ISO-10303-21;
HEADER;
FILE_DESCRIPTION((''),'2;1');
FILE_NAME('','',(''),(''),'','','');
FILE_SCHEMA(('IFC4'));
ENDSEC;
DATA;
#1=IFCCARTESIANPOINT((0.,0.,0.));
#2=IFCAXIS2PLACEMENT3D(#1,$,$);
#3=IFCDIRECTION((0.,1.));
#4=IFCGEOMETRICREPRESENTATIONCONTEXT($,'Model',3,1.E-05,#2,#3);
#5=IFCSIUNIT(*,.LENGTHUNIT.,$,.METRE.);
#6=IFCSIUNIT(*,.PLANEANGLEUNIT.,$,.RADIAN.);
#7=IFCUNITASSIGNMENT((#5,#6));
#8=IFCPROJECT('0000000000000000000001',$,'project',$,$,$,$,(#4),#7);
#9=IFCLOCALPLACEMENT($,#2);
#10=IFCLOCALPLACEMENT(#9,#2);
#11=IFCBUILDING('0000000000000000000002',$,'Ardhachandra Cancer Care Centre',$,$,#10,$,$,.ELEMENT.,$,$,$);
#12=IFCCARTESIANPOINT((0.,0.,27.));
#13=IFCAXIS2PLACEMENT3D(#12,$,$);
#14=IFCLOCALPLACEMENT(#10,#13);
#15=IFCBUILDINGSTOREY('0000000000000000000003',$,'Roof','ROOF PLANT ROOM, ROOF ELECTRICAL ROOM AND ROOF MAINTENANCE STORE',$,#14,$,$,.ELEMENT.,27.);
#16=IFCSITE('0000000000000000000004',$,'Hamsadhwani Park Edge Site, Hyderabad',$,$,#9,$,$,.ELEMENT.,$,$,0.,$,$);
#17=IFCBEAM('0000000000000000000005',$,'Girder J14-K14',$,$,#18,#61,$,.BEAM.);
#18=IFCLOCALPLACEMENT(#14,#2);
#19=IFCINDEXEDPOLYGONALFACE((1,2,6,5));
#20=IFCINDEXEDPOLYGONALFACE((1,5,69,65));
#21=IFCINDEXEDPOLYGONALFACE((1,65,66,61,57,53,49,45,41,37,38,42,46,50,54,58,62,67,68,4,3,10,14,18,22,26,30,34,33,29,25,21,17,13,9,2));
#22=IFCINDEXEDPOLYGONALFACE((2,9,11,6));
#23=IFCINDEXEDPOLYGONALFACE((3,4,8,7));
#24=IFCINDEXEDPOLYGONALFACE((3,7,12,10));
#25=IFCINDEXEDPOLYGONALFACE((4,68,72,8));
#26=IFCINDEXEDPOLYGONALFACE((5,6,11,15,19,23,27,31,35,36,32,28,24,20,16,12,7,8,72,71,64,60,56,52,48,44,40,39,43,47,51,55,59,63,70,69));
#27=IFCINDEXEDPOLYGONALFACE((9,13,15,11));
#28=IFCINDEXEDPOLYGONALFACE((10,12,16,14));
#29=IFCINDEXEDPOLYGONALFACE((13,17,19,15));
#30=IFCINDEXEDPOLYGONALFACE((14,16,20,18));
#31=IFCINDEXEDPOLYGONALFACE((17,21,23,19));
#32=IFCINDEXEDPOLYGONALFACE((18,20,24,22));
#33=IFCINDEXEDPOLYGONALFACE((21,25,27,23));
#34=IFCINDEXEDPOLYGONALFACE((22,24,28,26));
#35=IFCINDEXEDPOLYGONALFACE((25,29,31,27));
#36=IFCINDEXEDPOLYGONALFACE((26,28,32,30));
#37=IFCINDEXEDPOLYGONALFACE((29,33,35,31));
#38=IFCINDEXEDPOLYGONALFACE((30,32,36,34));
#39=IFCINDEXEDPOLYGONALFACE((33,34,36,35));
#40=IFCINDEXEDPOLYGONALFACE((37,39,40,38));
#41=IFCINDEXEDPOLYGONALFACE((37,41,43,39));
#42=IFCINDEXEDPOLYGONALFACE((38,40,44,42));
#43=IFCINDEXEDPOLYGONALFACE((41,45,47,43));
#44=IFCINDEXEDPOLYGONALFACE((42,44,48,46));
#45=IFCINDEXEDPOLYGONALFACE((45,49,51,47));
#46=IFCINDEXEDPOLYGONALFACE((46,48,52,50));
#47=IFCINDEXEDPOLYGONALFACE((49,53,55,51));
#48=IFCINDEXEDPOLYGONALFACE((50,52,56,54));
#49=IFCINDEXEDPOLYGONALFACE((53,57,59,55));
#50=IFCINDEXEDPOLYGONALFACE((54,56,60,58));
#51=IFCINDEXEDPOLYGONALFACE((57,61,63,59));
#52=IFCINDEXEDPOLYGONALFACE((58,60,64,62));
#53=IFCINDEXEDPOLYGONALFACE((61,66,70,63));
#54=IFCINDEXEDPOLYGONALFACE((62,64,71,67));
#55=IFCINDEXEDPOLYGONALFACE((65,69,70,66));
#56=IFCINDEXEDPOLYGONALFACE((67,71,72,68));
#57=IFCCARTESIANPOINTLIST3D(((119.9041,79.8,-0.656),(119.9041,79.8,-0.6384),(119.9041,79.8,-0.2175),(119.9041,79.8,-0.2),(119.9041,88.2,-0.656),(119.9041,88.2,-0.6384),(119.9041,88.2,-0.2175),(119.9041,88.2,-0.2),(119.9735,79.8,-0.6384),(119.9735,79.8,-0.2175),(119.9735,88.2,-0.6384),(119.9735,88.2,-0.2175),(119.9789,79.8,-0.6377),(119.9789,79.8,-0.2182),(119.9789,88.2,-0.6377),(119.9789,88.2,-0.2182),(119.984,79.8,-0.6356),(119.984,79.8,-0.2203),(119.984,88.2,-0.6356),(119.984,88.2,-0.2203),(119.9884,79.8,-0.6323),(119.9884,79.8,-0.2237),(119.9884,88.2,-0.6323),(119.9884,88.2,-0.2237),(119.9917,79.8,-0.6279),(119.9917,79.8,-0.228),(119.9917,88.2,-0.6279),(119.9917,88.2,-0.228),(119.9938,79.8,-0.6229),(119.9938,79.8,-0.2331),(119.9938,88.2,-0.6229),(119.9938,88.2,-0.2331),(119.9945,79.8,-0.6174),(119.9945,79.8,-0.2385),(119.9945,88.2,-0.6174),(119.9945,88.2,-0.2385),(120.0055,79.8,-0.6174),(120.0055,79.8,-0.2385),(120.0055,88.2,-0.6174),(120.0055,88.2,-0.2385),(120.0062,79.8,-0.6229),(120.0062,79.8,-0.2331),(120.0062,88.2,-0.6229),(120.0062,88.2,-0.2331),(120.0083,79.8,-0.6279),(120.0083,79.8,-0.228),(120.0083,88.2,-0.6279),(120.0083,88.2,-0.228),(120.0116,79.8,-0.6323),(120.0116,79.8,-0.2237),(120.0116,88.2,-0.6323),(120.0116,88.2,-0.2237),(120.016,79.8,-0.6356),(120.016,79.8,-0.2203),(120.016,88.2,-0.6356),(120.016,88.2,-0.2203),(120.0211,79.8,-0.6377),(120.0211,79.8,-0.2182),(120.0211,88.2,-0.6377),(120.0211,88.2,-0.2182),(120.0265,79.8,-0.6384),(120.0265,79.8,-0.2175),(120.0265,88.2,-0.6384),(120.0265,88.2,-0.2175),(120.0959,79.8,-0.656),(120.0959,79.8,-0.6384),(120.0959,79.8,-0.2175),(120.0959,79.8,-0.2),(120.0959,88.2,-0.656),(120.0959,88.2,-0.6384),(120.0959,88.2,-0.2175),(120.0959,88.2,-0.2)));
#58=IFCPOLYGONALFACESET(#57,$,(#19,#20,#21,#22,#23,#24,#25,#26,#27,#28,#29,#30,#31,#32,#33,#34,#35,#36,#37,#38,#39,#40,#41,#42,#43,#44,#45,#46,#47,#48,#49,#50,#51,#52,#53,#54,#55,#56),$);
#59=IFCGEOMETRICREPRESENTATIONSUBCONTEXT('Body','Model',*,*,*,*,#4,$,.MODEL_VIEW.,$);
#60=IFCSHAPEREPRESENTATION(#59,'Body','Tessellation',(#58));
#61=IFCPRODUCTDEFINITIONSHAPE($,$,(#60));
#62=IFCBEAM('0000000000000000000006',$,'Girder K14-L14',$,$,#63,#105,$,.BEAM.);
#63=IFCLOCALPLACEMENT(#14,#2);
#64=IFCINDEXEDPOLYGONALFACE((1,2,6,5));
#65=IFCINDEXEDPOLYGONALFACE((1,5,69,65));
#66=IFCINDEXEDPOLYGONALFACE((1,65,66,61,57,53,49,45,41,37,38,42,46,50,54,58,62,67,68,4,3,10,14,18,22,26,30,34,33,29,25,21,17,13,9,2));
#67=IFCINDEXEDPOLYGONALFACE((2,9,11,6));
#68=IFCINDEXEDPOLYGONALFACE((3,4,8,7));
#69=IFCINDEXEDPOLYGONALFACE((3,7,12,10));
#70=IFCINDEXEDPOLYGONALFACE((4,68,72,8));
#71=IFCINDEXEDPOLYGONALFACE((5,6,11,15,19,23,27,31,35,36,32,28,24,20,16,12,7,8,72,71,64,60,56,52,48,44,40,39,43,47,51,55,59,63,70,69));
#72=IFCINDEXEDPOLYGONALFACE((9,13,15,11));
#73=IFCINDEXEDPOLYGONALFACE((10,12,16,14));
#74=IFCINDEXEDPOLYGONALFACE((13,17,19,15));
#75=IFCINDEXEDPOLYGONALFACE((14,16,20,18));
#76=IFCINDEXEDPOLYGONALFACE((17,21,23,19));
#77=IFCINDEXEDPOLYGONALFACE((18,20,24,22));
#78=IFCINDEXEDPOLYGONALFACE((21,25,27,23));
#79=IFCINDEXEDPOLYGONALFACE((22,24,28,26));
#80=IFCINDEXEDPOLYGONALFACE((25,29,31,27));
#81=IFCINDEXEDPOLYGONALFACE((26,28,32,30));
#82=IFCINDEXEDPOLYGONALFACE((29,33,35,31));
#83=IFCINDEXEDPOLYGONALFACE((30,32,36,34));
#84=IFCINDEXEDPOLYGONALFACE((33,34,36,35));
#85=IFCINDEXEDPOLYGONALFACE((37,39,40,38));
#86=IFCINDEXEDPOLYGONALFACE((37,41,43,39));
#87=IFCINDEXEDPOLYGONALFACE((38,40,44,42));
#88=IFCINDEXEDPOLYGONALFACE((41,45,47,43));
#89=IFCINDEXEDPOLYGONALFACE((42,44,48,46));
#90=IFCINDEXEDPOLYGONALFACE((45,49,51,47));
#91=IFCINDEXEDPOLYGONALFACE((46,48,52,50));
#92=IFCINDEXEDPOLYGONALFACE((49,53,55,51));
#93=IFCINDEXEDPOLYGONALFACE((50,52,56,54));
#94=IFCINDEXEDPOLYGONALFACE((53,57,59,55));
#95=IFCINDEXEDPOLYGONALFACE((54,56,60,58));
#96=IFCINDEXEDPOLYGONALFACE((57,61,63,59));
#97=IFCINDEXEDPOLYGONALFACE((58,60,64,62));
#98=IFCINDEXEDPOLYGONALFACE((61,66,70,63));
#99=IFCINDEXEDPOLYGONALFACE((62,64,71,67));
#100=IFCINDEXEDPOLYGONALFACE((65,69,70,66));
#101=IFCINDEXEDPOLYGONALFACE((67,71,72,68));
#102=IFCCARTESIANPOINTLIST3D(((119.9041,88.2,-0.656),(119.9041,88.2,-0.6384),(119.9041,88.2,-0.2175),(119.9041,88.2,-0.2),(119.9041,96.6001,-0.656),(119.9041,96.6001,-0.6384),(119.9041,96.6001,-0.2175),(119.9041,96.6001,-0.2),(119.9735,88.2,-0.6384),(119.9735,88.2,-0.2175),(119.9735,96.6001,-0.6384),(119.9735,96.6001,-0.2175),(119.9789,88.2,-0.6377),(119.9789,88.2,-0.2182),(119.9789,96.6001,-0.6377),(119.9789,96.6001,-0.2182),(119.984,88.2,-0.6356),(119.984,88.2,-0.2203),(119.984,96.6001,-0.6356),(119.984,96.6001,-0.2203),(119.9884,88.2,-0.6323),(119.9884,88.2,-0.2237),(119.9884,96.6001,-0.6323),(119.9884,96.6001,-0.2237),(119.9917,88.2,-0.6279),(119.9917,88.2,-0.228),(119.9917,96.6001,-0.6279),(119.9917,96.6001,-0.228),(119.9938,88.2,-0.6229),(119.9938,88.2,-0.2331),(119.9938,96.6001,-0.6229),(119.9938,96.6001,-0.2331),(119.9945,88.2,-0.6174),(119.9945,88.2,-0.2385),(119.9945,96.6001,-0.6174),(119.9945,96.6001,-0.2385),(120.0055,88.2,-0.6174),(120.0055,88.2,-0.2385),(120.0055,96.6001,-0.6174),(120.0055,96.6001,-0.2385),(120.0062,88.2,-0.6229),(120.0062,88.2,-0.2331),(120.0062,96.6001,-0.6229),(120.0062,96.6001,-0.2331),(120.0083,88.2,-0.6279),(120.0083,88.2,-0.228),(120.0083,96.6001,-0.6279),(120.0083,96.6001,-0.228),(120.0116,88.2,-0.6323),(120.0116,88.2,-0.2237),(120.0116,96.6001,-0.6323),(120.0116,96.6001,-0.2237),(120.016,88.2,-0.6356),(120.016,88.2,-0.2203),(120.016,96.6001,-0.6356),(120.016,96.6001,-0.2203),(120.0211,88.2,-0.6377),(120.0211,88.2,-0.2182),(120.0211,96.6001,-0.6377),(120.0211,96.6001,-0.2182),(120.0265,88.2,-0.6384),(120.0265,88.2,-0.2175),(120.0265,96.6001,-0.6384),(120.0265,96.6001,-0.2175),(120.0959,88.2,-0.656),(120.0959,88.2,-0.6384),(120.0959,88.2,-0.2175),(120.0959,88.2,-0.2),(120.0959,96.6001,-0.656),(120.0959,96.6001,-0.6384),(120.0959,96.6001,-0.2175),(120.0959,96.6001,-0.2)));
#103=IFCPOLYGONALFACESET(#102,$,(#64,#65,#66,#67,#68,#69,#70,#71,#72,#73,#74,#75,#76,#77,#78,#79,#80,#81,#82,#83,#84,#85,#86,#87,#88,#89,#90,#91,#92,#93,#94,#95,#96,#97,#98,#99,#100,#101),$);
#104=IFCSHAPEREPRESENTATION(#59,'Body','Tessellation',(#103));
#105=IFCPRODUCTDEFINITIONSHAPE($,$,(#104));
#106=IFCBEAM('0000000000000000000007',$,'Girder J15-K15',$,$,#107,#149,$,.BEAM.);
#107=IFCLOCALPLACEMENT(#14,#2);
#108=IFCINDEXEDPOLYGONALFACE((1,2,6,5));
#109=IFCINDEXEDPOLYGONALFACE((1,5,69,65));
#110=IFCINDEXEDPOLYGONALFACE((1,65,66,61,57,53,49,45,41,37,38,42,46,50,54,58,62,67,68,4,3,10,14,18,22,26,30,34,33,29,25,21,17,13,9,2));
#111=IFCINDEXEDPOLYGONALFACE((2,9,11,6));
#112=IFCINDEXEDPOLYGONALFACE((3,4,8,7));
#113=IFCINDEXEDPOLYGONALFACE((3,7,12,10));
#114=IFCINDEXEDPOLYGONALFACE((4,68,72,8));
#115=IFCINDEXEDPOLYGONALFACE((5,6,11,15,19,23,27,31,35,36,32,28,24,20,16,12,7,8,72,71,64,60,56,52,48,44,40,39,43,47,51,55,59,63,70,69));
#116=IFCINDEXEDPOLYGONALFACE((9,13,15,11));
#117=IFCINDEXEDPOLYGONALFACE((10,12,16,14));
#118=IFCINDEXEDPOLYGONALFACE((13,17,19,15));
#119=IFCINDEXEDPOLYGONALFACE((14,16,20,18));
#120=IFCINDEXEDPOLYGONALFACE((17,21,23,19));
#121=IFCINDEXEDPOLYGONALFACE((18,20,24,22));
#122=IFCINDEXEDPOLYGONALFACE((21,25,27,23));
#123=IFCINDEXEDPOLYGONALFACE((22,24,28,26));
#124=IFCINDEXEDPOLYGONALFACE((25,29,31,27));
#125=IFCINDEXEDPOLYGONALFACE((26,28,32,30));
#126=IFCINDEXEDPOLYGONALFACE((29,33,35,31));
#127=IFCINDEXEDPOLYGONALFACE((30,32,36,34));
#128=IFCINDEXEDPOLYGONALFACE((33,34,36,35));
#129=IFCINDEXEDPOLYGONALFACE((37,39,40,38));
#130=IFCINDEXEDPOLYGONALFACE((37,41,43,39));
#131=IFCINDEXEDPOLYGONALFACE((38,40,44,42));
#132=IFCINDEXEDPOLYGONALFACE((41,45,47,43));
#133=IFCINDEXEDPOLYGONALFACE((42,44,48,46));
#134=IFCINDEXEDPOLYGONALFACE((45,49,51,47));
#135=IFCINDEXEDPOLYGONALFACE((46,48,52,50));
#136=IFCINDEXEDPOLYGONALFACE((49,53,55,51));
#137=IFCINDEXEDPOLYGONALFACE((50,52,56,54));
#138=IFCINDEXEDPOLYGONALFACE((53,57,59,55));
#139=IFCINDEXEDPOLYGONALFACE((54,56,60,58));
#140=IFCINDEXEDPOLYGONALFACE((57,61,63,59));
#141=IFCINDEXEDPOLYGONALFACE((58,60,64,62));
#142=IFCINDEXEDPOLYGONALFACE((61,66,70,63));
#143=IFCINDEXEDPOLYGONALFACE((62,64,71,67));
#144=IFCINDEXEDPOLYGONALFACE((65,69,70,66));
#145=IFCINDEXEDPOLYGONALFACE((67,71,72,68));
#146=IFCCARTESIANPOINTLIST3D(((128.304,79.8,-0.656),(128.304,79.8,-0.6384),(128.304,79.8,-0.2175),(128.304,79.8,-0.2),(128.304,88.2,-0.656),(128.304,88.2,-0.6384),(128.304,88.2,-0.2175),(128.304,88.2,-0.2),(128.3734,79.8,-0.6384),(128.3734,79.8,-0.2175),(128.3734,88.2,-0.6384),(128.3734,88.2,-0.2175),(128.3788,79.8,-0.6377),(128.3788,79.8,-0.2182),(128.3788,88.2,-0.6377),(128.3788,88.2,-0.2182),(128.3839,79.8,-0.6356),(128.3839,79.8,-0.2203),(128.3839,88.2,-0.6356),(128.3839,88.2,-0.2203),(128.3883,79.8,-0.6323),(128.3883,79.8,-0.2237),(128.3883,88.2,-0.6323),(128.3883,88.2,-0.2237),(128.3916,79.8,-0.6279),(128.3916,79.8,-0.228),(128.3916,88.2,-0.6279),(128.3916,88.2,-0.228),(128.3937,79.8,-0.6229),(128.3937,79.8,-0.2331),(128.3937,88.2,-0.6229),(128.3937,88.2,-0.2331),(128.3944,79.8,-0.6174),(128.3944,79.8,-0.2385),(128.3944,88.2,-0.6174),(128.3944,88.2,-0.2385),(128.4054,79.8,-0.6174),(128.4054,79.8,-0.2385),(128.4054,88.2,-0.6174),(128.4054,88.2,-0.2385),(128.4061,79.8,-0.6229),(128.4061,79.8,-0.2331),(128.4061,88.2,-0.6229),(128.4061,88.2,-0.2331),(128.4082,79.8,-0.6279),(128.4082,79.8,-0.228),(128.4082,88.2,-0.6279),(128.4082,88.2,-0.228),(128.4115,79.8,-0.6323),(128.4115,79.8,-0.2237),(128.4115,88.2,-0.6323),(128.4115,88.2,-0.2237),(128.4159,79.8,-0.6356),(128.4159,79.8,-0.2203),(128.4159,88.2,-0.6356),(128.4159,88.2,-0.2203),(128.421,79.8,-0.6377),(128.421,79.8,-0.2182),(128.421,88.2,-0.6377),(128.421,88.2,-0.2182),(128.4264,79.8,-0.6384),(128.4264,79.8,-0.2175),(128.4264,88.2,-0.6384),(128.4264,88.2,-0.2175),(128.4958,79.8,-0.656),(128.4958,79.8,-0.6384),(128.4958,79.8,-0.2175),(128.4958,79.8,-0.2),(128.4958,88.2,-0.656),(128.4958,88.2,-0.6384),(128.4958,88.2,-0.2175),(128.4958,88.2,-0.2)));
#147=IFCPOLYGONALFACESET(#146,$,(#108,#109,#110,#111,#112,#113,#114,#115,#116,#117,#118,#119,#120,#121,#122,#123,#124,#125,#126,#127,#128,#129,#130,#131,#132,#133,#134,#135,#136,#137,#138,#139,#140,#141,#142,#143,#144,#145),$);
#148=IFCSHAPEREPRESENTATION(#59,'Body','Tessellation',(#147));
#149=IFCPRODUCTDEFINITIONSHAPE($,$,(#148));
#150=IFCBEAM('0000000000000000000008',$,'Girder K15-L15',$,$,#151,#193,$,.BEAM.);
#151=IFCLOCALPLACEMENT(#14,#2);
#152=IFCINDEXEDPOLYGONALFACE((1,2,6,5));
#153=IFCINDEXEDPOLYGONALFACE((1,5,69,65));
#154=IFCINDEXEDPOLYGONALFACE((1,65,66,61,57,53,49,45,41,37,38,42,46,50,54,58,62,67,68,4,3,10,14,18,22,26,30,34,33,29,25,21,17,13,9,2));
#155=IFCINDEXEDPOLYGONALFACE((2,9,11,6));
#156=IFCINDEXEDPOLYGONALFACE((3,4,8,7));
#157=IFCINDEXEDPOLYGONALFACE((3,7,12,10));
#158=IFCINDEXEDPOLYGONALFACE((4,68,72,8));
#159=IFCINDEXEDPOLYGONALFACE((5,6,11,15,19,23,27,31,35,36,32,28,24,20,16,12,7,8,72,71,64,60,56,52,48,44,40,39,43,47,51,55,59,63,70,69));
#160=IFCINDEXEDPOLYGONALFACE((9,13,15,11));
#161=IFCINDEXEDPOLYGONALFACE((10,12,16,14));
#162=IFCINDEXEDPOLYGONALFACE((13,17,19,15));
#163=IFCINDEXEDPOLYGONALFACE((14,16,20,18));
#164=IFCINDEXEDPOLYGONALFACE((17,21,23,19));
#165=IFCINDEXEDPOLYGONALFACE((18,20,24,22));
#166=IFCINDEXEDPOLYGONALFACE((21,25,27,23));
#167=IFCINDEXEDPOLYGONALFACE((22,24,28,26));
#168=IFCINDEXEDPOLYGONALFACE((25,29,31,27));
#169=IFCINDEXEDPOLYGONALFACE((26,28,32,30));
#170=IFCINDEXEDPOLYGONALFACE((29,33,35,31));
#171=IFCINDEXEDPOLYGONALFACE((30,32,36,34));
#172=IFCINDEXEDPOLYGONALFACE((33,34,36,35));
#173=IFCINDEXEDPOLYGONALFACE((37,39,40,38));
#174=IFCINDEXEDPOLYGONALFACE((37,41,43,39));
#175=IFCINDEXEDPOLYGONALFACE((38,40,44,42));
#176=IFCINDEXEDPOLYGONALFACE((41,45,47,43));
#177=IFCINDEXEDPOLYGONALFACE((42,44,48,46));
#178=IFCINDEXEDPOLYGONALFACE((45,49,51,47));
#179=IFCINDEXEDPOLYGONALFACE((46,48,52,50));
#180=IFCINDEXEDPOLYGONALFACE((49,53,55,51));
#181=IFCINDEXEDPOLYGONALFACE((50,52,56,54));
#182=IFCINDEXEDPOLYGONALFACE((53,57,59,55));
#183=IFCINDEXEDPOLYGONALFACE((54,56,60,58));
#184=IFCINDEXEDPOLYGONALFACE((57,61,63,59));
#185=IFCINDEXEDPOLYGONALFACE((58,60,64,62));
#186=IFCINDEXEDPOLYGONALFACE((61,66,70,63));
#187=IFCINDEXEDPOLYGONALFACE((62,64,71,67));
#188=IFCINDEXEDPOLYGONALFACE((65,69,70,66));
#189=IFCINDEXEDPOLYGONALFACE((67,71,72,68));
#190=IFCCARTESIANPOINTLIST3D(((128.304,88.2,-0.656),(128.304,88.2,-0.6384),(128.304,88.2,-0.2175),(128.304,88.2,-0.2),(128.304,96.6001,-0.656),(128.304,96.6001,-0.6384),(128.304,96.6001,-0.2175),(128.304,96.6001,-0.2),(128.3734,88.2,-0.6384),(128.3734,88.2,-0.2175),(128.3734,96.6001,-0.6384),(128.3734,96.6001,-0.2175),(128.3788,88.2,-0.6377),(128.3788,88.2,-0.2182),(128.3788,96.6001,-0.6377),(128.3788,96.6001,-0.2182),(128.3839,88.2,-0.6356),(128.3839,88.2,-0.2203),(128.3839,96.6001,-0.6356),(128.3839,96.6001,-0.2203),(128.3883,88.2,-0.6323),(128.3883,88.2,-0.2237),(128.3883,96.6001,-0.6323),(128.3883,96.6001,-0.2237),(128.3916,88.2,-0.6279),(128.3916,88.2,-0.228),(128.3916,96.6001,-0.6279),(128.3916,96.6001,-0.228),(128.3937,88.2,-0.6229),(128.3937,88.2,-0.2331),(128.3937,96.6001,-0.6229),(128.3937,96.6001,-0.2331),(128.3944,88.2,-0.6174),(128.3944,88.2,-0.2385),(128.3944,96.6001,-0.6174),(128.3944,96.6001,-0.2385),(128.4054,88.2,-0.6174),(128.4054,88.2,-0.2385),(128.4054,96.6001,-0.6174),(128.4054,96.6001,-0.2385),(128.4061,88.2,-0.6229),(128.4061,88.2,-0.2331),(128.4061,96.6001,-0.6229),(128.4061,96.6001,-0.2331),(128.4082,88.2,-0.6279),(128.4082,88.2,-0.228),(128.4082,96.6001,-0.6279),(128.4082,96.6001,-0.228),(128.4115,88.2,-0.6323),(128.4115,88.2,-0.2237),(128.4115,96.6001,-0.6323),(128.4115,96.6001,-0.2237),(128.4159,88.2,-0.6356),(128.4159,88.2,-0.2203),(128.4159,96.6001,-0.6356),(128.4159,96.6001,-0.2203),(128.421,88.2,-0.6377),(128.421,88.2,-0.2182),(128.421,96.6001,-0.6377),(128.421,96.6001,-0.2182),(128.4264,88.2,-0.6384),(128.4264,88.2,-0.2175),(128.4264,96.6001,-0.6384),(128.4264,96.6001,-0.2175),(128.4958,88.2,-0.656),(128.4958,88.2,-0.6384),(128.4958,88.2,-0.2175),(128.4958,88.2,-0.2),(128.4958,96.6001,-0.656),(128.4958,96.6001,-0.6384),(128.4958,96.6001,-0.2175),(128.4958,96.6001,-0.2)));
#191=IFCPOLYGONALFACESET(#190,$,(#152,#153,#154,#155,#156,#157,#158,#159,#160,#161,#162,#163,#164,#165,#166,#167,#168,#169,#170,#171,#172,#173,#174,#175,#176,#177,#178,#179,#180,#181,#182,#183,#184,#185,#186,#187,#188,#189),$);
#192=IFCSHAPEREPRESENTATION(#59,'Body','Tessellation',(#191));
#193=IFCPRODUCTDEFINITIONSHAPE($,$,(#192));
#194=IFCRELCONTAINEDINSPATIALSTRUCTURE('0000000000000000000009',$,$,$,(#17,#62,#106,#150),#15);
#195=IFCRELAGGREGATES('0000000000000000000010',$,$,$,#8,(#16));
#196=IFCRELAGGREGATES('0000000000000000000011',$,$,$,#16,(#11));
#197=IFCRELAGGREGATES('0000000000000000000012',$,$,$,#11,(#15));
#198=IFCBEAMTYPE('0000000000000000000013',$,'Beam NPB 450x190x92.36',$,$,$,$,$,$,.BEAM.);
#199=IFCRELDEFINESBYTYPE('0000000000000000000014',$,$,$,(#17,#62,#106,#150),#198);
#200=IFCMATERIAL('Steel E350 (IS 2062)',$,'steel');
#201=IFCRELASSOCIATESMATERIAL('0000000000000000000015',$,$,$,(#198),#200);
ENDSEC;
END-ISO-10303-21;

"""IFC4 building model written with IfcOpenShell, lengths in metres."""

from ifc_helpers import new_model, si_unit, direction, frame, origin, origin_2d, place, context, subcontext, project, spatial, i_section, extrude, material, material_profile, profile_set, type_object, element, save


model = new_model("IFC4")

# Units and contexts
model_context = context("Model", 3, precision=1e-05, world=origin(), true_north=direction((0.0, 1.0)))
body_context = subcontext(model_context, "Body", "Model", "MODEL_VIEW")
ifc_project = project(units=[si_unit("LENGTHUNIT", "METRE"), si_unit("PLANEANGLEUNIT", "RADIAN")], contexts=[model_context])

# Site, building, storey
site_placement = place(None, origin())
site = spatial("IfcSite", under=ifc_project, at=site_placement, Name="Hamsadhwani Park Edge Site, Hyderabad", CompositionType="ELEMENT", RefElevation=0.0)
building_placement = place(site_placement, origin())
building = spatial("IfcBuilding", under=site, at=building_placement, Name="Ardhachandra Cancer Care Centre", CompositionType="ELEMENT")
storey_placement = place(building_placement, frame((0.0, 0.0, 27.0)))
storey = spatial("IfcBuildingStorey", under=building, at=storey_placement, Name="Roof", Description="ROOF PLANT ROOM, ROOF ELECTRICAL ROOM AND ROOF MAINTENANCE STORE", CompositionType="ELEMENT", Elevation=27.0)

# Beams
ifc_material_1 = material(Name="Steel E350 (IS 2062)", Category="steel")
ifc_material_profile_1 = material_profile(ifc_material_1, i_section(OverallWidth=0.1919, OverallDepth=0.4561, WebThickness=0.011, FlangeThickness=0.0176, FilletRadius=0.021, at=origin_2d()), Name="NPB 450x190x92.36")
ifc_profile_set_1 = profile_set([ifc_material_profile_1], Name="Steel E350 (IS 2062)")
beam_type_1 = type_object("IfcBeamType", Name="Beam NPB 450x190x92.36", PredefinedType="BEAM", material=ifc_profile_set_1)
beam_1_placement = place(storey_placement, frame((120.0, 79.8, -0.428), z_axis=(0.0, 1.0, 0.0), x_axis=(-1.0, 0.0, 0.0)))
element("IfcBeam", 1, at=beam_1_placement, inside=storey, type_object=beam_type_1, Name="Girder J14-K14", PredefinedType="BEAM", context=body_context, shape_type="SweptSolid", body=[
    extrude(i_section(OverallWidth=0.1919, OverallDepth=0.4561, WebThickness=0.011, FlangeThickness=0.0176, FilletRadius=0.021, at=origin_2d()), origin(), (0.0, 0.0, 1.0), 8.3999),
])
beam_2_placement = place(storey_placement, frame((120.0, 88.2, -0.428), z_axis=(0.0, 1.0, 0.0), x_axis=(-1.0, 0.0, 0.0)))
element("IfcBeam", 2, at=beam_2_placement, inside=storey, type_object=beam_type_1, Name="Girder K14-L14", PredefinedType="BEAM", context=body_context, shape_type="SweptSolid", body=[
    extrude(i_section(OverallWidth=0.1919, OverallDepth=0.4561, WebThickness=0.011, FlangeThickness=0.0176, FilletRadius=0.021, at=origin_2d()), origin(), (0.0, 0.0, 1.0), 8.4001),
])
beam_3_placement = place(storey_placement, frame((128.3999, 79.8, -0.428), z_axis=(0.0, 1.0, 0.0), x_axis=(-1.0, 0.0, 0.0)))
element("IfcBeam", 3, at=beam_3_placement, inside=storey, type_object=beam_type_1, Name="Girder J15-K15", PredefinedType="BEAM", context=body_context, shape_type="SweptSolid", body=[
    extrude(i_section(OverallWidth=0.1919, OverallDepth=0.4561, WebThickness=0.011, FlangeThickness=0.0176, FilletRadius=0.021, at=origin_2d()), origin(), (0.0, 0.0, 1.0), 8.3999),
])
beam_4_placement = place(storey_placement, frame((128.3999, 88.2, -0.428), z_axis=(0.0, 1.0, 0.0), x_axis=(-1.0, 0.0, 0.0)))
element("IfcBeam", 4, at=beam_4_placement, inside=storey, type_object=beam_type_1, Name="Girder K15-L15", PredefinedType="BEAM", context=body_context, shape_type="SweptSolid", body=[
    extrude(i_section(OverallWidth=0.1919, OverallDepth=0.4561, WebThickness=0.011, FlangeThickness=0.0176, FilletRadius=0.021, at=origin_2d()), origin(), (0.0, 0.0, 1.0), 8.4001),
])

save(model, "model.ifc")
